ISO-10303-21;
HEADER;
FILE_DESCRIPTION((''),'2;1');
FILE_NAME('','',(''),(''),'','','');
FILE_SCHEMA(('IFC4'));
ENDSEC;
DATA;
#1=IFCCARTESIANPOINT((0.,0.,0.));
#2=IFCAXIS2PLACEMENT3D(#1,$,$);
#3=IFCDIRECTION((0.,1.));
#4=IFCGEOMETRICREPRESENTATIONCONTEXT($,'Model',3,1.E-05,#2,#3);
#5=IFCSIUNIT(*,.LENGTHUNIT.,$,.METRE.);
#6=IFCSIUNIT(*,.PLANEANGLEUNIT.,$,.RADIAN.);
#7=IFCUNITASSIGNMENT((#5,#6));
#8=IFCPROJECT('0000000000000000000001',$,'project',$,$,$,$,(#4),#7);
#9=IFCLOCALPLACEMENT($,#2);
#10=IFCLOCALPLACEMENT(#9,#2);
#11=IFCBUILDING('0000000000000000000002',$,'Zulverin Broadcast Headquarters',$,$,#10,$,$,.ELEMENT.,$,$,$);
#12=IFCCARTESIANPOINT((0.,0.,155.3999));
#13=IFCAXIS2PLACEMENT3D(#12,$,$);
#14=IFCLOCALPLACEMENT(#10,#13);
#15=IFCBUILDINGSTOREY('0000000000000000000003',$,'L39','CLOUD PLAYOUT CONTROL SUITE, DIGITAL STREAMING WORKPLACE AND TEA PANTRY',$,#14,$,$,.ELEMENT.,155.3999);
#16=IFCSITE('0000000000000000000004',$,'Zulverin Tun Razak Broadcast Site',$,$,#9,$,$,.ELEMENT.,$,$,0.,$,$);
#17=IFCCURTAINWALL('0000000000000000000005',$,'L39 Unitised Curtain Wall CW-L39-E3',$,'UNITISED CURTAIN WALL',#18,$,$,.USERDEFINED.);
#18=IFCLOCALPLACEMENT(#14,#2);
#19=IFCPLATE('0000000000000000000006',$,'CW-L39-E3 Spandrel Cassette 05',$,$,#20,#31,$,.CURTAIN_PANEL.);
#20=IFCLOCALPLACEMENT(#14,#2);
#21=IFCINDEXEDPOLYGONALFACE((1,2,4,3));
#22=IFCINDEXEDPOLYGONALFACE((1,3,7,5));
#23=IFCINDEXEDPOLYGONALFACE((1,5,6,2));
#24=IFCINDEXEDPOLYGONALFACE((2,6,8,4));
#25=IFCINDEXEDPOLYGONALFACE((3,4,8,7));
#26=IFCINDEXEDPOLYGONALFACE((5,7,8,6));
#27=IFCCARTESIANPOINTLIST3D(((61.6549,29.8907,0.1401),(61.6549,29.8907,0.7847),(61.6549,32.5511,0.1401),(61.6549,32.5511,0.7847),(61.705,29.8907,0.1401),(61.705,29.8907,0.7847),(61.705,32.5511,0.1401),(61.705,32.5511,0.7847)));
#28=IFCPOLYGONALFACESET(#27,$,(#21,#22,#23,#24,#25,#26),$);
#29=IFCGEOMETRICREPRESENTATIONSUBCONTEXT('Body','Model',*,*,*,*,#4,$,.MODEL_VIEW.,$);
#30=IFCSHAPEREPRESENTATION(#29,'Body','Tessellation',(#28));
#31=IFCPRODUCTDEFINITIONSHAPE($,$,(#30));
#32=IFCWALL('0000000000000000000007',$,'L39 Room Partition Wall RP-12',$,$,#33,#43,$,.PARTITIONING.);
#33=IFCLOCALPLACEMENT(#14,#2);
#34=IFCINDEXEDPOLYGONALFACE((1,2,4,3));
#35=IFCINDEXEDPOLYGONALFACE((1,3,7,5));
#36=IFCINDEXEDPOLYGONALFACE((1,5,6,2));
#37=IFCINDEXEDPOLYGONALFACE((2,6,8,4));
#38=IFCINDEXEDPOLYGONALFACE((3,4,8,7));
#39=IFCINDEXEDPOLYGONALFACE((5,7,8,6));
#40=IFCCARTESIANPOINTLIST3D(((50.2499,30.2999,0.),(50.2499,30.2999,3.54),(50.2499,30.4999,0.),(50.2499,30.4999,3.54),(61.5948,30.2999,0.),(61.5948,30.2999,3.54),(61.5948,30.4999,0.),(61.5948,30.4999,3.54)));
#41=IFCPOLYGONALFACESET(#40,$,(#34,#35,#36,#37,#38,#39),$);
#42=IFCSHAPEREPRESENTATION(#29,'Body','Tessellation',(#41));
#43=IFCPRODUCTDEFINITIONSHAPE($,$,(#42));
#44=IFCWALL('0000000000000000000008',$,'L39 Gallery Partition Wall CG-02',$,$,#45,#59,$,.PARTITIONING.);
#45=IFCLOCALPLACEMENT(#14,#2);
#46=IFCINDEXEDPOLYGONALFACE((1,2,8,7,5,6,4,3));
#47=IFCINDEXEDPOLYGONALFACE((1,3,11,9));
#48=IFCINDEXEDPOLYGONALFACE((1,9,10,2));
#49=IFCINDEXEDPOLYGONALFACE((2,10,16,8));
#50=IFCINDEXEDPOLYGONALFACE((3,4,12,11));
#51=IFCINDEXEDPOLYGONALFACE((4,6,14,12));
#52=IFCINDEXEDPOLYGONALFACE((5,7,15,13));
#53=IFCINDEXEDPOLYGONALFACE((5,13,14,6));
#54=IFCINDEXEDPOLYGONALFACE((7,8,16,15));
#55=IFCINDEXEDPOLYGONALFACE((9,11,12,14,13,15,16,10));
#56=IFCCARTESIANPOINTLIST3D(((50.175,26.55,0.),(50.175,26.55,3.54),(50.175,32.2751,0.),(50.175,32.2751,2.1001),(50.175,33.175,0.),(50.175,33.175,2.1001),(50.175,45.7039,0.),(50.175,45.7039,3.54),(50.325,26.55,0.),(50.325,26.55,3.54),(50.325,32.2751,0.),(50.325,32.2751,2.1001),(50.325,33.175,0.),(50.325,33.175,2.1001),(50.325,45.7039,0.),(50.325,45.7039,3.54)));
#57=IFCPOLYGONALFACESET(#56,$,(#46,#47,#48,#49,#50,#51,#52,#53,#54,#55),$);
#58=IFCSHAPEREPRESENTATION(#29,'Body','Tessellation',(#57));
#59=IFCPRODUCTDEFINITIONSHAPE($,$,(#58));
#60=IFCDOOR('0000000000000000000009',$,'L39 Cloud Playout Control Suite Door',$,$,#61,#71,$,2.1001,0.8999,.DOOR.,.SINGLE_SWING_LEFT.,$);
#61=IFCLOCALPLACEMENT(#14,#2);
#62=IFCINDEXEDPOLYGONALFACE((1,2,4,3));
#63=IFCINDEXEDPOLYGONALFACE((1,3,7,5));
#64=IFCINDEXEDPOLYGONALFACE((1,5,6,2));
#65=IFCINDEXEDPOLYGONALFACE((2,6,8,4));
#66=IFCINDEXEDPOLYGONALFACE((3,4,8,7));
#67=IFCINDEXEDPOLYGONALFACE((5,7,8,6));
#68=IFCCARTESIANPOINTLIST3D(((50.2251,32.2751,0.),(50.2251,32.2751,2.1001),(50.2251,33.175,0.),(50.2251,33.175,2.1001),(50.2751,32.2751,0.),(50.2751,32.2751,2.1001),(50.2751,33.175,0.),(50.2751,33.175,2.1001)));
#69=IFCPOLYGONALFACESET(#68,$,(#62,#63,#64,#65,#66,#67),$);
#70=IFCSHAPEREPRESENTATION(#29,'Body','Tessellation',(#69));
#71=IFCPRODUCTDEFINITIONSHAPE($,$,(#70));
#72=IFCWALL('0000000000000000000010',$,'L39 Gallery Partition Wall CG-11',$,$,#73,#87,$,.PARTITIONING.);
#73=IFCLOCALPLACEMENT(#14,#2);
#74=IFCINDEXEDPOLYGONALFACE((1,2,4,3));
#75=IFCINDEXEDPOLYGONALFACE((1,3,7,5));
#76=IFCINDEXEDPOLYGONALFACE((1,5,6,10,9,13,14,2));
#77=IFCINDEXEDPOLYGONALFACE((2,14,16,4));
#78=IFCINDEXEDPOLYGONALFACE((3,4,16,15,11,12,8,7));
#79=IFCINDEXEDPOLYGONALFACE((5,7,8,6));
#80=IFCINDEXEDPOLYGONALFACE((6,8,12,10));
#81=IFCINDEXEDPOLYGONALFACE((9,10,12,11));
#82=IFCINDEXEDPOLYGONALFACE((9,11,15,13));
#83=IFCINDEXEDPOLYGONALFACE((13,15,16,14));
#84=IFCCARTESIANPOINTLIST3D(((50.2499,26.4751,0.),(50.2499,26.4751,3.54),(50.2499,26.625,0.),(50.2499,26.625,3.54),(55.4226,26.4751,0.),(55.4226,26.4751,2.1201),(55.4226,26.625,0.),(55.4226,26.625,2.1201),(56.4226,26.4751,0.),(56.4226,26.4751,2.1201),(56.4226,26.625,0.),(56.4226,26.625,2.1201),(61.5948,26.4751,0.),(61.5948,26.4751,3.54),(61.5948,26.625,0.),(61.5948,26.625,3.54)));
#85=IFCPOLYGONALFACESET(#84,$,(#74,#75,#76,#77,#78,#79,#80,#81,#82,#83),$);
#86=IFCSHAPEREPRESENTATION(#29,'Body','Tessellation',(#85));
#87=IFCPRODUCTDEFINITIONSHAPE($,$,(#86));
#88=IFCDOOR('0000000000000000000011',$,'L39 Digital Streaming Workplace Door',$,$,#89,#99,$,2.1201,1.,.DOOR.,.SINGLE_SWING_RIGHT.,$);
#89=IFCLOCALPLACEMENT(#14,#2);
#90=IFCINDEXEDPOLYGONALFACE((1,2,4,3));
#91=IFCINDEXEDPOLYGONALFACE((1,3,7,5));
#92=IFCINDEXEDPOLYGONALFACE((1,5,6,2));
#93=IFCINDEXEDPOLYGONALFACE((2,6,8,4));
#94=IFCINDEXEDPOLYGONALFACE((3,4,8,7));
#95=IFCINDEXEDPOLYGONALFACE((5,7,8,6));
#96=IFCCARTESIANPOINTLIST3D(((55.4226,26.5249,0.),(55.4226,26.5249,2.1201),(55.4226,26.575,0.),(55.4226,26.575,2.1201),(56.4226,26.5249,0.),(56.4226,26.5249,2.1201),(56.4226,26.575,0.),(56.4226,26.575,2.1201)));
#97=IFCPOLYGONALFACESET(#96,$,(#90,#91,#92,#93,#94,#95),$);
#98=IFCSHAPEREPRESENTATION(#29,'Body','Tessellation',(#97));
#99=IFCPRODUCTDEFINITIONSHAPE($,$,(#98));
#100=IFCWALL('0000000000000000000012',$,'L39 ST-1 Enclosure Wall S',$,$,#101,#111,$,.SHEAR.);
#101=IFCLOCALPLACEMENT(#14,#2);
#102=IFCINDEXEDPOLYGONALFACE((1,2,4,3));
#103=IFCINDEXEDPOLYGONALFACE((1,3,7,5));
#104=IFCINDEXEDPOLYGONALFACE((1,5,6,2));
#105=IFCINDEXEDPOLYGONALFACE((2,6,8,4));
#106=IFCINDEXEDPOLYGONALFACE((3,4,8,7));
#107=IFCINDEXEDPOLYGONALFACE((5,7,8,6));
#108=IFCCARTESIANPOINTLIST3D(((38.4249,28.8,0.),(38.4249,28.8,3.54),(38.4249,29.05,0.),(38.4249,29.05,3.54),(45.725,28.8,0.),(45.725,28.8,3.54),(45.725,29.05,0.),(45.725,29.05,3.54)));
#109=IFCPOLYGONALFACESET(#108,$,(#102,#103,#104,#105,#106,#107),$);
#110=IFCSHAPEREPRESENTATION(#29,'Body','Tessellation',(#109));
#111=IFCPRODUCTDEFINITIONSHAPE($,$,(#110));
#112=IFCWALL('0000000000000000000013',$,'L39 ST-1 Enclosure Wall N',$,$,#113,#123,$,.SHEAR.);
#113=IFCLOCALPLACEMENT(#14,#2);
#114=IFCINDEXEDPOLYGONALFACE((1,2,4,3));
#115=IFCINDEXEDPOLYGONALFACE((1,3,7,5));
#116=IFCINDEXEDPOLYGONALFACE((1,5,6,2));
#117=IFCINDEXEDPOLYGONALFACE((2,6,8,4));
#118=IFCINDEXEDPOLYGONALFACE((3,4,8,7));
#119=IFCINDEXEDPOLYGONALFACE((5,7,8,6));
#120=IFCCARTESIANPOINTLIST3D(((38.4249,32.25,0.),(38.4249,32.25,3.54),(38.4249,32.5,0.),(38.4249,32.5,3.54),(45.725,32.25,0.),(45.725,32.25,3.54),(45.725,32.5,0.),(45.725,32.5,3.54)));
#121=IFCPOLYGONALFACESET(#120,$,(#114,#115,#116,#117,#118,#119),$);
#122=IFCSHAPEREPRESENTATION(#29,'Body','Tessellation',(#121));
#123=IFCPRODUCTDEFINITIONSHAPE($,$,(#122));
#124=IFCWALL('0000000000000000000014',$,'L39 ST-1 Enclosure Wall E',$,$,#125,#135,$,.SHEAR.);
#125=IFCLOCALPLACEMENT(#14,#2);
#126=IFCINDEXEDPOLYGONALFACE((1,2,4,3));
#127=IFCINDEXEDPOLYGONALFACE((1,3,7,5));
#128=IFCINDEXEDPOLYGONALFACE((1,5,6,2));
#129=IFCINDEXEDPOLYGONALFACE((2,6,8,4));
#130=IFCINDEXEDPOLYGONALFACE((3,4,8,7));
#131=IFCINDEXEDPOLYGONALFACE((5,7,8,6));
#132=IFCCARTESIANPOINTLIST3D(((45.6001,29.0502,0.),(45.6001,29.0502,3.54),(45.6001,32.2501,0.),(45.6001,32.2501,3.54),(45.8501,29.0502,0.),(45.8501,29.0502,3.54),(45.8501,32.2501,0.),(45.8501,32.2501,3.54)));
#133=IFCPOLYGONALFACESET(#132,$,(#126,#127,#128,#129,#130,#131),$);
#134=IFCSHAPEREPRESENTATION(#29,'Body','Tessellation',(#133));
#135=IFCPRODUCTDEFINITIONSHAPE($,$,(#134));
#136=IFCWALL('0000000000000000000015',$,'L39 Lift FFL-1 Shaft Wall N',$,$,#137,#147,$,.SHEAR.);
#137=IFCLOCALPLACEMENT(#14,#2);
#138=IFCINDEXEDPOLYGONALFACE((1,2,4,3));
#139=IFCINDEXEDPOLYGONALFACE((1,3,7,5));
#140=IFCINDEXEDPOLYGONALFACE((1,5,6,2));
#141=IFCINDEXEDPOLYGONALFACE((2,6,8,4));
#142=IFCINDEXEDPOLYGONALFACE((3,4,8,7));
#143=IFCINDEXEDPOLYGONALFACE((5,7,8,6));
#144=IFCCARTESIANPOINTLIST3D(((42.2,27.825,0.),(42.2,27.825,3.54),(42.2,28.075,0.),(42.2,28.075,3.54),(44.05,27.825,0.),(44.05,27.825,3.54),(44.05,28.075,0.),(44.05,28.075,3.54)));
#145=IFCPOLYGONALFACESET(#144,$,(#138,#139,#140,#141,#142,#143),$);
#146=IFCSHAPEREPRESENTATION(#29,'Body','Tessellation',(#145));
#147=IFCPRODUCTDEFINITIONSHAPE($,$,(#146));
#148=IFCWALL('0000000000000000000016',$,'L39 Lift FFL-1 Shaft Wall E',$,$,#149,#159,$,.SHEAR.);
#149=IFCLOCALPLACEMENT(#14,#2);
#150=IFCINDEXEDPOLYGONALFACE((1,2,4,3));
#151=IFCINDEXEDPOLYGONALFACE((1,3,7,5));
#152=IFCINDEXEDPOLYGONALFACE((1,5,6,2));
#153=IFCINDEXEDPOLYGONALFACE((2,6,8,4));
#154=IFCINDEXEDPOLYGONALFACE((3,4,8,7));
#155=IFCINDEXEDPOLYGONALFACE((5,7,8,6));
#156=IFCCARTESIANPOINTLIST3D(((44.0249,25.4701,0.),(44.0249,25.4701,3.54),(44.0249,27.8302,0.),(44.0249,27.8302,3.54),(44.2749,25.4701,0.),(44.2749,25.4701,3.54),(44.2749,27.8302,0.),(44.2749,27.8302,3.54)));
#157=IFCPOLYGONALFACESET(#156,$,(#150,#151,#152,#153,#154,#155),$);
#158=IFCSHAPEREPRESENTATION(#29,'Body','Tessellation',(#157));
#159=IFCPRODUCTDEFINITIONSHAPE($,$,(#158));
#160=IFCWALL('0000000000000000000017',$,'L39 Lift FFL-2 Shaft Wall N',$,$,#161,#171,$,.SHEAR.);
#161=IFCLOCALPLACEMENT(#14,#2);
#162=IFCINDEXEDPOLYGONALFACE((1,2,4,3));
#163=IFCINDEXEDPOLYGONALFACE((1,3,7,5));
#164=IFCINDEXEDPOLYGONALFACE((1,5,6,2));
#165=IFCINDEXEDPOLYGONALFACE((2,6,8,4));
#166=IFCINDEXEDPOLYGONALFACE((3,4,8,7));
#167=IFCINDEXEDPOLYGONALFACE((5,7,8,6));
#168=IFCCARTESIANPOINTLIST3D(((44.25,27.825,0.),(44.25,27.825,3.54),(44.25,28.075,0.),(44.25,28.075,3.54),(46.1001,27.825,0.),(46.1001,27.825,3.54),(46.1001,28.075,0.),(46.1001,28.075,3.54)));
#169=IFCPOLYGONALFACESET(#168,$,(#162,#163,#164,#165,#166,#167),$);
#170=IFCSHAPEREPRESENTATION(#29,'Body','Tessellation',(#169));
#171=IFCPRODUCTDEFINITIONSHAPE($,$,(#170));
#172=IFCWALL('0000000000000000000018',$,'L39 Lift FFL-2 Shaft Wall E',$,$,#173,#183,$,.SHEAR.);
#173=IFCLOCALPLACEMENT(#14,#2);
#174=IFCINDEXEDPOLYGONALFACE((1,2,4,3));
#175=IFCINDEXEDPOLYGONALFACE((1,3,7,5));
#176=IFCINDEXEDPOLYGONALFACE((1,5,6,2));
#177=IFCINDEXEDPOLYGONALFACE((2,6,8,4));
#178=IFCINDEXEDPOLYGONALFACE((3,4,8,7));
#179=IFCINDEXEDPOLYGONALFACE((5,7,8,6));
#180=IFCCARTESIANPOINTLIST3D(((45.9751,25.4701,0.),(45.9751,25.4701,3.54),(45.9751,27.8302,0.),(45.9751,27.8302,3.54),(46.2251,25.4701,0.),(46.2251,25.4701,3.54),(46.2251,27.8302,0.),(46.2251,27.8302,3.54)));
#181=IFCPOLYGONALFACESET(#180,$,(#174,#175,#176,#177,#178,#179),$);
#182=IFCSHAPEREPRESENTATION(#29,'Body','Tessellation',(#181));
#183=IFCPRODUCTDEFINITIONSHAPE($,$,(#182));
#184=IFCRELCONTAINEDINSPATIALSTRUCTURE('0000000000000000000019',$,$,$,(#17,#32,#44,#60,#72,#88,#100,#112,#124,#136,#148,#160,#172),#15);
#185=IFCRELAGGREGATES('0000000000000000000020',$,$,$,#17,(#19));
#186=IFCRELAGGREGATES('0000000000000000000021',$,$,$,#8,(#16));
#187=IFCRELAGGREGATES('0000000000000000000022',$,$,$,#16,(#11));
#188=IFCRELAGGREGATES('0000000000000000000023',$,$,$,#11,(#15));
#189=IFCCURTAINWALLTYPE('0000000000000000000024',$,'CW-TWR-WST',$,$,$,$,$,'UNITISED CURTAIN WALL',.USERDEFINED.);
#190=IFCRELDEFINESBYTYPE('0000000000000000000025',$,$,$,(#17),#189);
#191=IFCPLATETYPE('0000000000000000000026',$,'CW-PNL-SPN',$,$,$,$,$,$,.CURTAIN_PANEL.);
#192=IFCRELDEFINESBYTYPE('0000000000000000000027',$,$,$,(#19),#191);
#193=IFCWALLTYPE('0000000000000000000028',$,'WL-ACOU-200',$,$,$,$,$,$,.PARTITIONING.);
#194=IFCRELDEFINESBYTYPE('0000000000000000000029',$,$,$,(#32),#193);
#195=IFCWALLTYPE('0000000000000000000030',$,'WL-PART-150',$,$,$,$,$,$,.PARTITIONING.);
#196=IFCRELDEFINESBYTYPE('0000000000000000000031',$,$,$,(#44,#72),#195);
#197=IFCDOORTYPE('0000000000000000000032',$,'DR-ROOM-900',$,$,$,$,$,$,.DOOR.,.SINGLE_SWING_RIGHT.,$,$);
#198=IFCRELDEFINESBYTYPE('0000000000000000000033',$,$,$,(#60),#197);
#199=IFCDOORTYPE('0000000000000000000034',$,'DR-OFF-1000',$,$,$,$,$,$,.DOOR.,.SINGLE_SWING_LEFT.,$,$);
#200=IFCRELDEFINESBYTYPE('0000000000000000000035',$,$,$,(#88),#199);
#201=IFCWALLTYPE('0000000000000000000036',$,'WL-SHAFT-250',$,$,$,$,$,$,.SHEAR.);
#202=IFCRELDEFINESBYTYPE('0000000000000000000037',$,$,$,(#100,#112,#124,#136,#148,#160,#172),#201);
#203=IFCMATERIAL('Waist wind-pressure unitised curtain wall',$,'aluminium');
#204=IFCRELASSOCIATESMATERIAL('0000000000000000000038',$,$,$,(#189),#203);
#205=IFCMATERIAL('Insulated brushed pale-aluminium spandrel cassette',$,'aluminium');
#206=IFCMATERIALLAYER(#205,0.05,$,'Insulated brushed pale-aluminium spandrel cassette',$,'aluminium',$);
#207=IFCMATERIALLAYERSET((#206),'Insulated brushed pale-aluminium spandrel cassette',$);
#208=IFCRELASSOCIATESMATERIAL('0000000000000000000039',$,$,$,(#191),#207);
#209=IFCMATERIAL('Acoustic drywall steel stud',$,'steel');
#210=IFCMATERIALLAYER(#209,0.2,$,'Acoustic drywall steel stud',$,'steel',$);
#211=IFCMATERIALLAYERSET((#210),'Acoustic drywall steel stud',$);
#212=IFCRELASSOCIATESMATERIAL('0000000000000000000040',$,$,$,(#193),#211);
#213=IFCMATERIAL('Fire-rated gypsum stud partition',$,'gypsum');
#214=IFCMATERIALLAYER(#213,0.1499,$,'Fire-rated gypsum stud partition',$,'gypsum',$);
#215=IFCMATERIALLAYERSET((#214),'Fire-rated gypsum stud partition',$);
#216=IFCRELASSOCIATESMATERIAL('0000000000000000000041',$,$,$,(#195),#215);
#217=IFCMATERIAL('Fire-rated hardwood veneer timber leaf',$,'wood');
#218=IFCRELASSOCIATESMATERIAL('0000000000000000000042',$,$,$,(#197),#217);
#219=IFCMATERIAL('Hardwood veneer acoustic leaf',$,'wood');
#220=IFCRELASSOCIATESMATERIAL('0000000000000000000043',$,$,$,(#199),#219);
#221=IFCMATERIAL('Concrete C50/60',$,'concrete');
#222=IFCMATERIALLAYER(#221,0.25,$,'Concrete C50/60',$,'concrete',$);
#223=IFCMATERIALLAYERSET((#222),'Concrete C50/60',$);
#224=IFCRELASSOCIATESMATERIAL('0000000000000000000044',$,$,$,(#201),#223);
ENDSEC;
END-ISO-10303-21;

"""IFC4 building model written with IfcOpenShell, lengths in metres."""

from ifc_helpers import new_model, si_unit, direction, frame, frame_2d, origin, origin_2d, place, context, subcontext, project, spatial, rectangle, extrude, material, layer, layer_set, type_object, element, fill, aggregate, save


model = new_model("IFC4")

# Units and contexts
model_context = context("Model", 3, precision=1e-05, world=origin(), true_north=direction((0.0, 1.0)))
body_context = subcontext(model_context, "Body", "Model", "MODEL_VIEW")
ifc_project = project(units=[si_unit("LENGTHUNIT", "METRE"), si_unit("PLANEANGLEUNIT", "RADIAN")], contexts=[model_context])

# Site, building, storey
site_placement = place(None, origin())
site = spatial("IfcSite", under=ifc_project, at=site_placement, Name="Zulverin Tun Razak Broadcast Site", CompositionType="ELEMENT", RefElevation=0.0)
building_placement = place(site_placement, origin())
building = spatial("IfcBuilding", under=site, at=building_placement, Name="Zulverin Broadcast Headquarters", CompositionType="ELEMENT")
storey_placement = place(building_placement, frame((0.0, 0.0, 155.3999)))
storey = spatial("IfcBuildingStorey", under=building, at=storey_placement, Name="L39", Description="CLOUD PLAYOUT CONTROL SUITE, DIGITAL STREAMING WORKPLACE AND TEA PANTRY", CompositionType="ELEMENT", Elevation=155.3999)

# Shared definitions
ifc_material_1 = material(Name="Concrete C50/60", Category="concrete")

# Curtain wall, plate
ifc_material_2 = material(Name="Waist wind-pressure unitised curtain wall", Category="aluminium")
curtain_wall_type = type_object("IfcCurtainWallType", Name="CW-TWR-WST", ElementType="UNITISED CURTAIN WALL", PredefinedType="USERDEFINED", material=ifc_material_2)
curtain_wall_placement = place(storey_placement, origin())
curtain_wall = element("IfcCurtainWall", 1, at=curtain_wall_placement, inside=storey, type_object=curtain_wall_type, Name="L39 Unitised Curtain Wall CW-L39-E3", ObjectType="UNITISED CURTAIN WALL", PredefinedType="USERDEFINED")
ifc_material_3 = material(Name="Insulated brushed pale-aluminium spandrel cassette", Category="aluminium")
ifc_layer_1 = layer(ifc_material_3, 0.05, Name="Insulated brushed pale-aluminium spandrel cassette", Category="aluminium")
ifc_layer_set_1 = layer_set([ifc_layer_1], Name="Insulated brushed pale-aluminium spandrel cassette")
plate_type_1 = type_object("IfcPlateType", Name="CW-PNL-SPN", PredefinedType="CURTAIN_PANEL", material=ifc_layer_set_1)
plate_1_placement = place(storey_placement, frame((61.6799, 31.2209, 0.1401), z_axis=(0.0, 0.0, 1.0), x_axis=(0.0, 1.0, 0.0)))
plate_1 = element("IfcPlate", 2, at=plate_1_placement, type_object=plate_type_1, Name="CW-L39-E3 Spandrel Cassette 05", PredefinedType="CURTAIN_PANEL", context=body_context, shape_type="SweptSolid", body=[
    extrude(rectangle(XDim=2.6604, YDim=0.05, at=origin_2d()), origin(), (0.0, 0.0, 1.0), 0.6445),
])
aggregate(curtain_wall, [plate_1])

# Wall
ifc_material_4 = material(Name="Acoustic drywall steel stud", Category="steel")
ifc_layer_2 = layer(ifc_material_4, 0.2, Name="Acoustic drywall steel stud", Category="steel")
ifc_layer_set_2 = layer_set([ifc_layer_2], Name="Acoustic drywall steel stud")
wall_type_1 = type_object("IfcWallType", Name="WL-ACOU-200", PredefinedType="PARTITIONING", material=ifc_layer_set_2)
wall_1_placement = place(storey_placement, frame((50.25, 30.3999, 0.0), z_axis=(0.0, 0.0, 1.0), x_axis=(1.0, 0.0, 0.0)))
element("IfcWall", 3, at=wall_1_placement, inside=storey, type_object=wall_type_1, Name="L39 Room Partition Wall RP-12", PredefinedType="PARTITIONING", context=body_context, shape_type="SweptSolid", body=[
    extrude(rectangle(XDim=11.345, YDim=0.2, at=frame_2d((5.6724, 0.0))), origin(), (0.0, 0.0, 1.0), 3.54),
])

# Walls, openings, doors
ifc_material_5 = material(Name="Fire-rated gypsum stud partition", Category="gypsum")
ifc_layer_3 = layer(ifc_material_5, 0.1499, Name="Fire-rated gypsum stud partition", Category="gypsum")
ifc_layer_set_3 = layer_set([ifc_layer_3], Name="Fire-rated gypsum stud partition")
wall_type_2 = type_object("IfcWallType", Name="WL-PART-150", PredefinedType="PARTITIONING", material=ifc_layer_set_3)
wall_2_placement = place(storey_placement, frame((50.25, 26.55, 0.0), z_axis=(0.0, 0.0, 1.0), x_axis=(0.0, 1.0, 0.0)))
wall_2 = element("IfcWall", 4, at=wall_2_placement, inside=storey, type_object=wall_type_2, Name="L39 Gallery Partition Wall CG-02", PredefinedType="PARTITIONING", context=body_context, shape_type="SweptSolid", body=[
    extrude(rectangle(XDim=19.1538, YDim=0.1499, at=frame_2d((9.5769, 0.0))), origin(), (0.0, 0.0, 1.0), 3.54),
])
opening_1_placement = place(wall_2_placement, frame((5.7251, 0.0, 0.0)))
opening_1 = element("IfcOpeningElement", 5, at=opening_1_placement, cuts=wall_2, PredefinedType="OPENING", context=body_context, shape_type="SweptSolid", body=[
    extrude(rectangle(XDim=0.8999, YDim=2.1001, at=frame_2d((0.45, 1.05))), frame((0.0, 0.085, 0.0), z_axis=(0.0, -1.0, 0.0), x_axis=(1.0, 0.0, 0.0)), (0.0, 0.0, 1.0), 0.1699),
])
ifc_material_6 = material(Name="Fire-rated hardwood veneer timber leaf", Category="wood")
door_type_1 = type_object("IfcDoorType", Name="DR-ROOM-900", OperationType="SINGLE_SWING_RIGHT", PredefinedType="DOOR", material=ifc_material_6)
door_1_placement = place(opening_1_placement, origin())
door_1 = element("IfcDoor", 6, at=door_1_placement, inside=storey, type_object=door_type_1, Name="L39 Cloud Playout Control Suite Door", OperationType="SINGLE_SWING_LEFT", OverallHeight=2.1001, OverallWidth=0.8999, PredefinedType="DOOR", context=body_context, shape_type="SweptSolid", body=[
    extrude(rectangle(XDim=0.8999, YDim=2.1001, at=frame_2d((0.45, 1.05))), frame((0.0, 0.0249, 0.0), z_axis=(0.0, -1.0, 0.0), x_axis=(1.0, 0.0, 0.0)), (0.0, 0.0, 1.0), 0.05),
])
fill(opening_1, door_1)
wall_3_placement = place(storey_placement, frame((50.25, 26.55, 0.0), z_axis=(0.0, 0.0, 1.0), x_axis=(1.0, 0.0, 0.0)))
wall_3 = element("IfcWall", 7, at=wall_3_placement, inside=storey, type_object=wall_type_2, Name="L39 Gallery Partition Wall CG-11", PredefinedType="PARTITIONING", context=body_context, shape_type="SweptSolid", body=[
    extrude(rectangle(XDim=11.345, YDim=0.1499, at=frame_2d((5.6724, 0.0))), origin(), (0.0, 0.0, 1.0), 3.54),
])
opening_2_placement = place(wall_3_placement, frame((5.1726, 0.0, 0.0)))
opening_2 = element("IfcOpeningElement", 8, at=opening_2_placement, cuts=wall_3, PredefinedType="OPENING", context=body_context, shape_type="SweptSolid", body=[
    extrude(rectangle(XDim=1.0, YDim=2.1201, at=frame_2d((0.5, 1.0601))), frame((0.0, 0.085, 0.0), z_axis=(0.0, -1.0, 0.0), x_axis=(1.0, 0.0, 0.0)), (0.0, 0.0, 1.0), 0.1699),
])
ifc_material_7 = material(Name="Hardwood veneer acoustic leaf", Category="wood")
door_type_2 = type_object("IfcDoorType", Name="DR-OFF-1000", OperationType="SINGLE_SWING_LEFT", PredefinedType="DOOR", material=ifc_material_7)
door_2_placement = place(opening_2_placement, origin())
door_2 = element("IfcDoor", 9, at=door_2_placement, inside=storey, type_object=door_type_2, Name="L39 Digital Streaming Workplace Door", OperationType="SINGLE_SWING_RIGHT", OverallHeight=2.1201, OverallWidth=1.0, PredefinedType="DOOR", context=body_context, shape_type="SweptSolid", body=[
    extrude(rectangle(XDim=1.0, YDim=2.1201, at=frame_2d((0.5, 1.0601))), frame((0.0, 0.0249, 0.0), z_axis=(0.0, -1.0, 0.0), x_axis=(1.0, 0.0, 0.0)), (0.0, 0.0, 1.0), 0.05),
])
fill(opening_2, door_2)

# Walls
ifc_layer_4 = layer(ifc_material_1, 0.25, Name="Concrete C50/60", Category="concrete")
ifc_layer_set_4 = layer_set([ifc_layer_4], Name="Concrete C50/60")
wall_type_3 = type_object("IfcWallType", Name="WL-SHAFT-250", PredefinedType="SHEAR", material=ifc_layer_set_4)
for number, where, z_axis, x_axis, name in (
    (10, (38.425, 28.925, 0.0), (0.0, 0.0, 1.0), (1.0, 0.0, 0.0), "L39 ST-1 Enclosure Wall S"),
    (11, (38.425, 32.375, 0.0), (0.0, 0.0, 1.0), (1.0, 0.0, 0.0), "L39 ST-1 Enclosure Wall N"),
):
    element("IfcWall", number, at=place(storey_placement, frame(where, z_axis=z_axis, x_axis=x_axis)), inside=storey, type_object=wall_type_3, Name=name, PredefinedType="SHEAR", context=body_context, shape_type="SweptSolid", body=[
        extrude(rectangle(XDim=7.3, YDim=0.25, at=frame_2d((3.6499, 0.0))), origin(), (0.0, 0.0, 1.0), 3.54),
    ])

# Walls
wall_4_placement = place(storey_placement, frame((45.7251, 29.05, 0.0), z_axis=(0.0, 0.0, 1.0), x_axis=(0.0, 1.0, 0.0)))
element("IfcWall", 12, at=wall_4_placement, inside=storey, type_object=wall_type_3, Name="L39 ST-1 Enclosure Wall E", PredefinedType="SHEAR", context=body_context, shape_type="SweptSolid", body=[
    extrude(rectangle(XDim=3.2, YDim=0.25, at=frame_2d((1.6001, 0.0))), origin(), (0.0, 0.0, 1.0), 3.54),
])
wall_5_placement = place(storey_placement, frame((42.2, 27.95, 0.0), z_axis=(0.0, 0.0, 1.0), x_axis=(1.0, 0.0, 0.0)))
element("IfcWall", 13, at=wall_5_placement, inside=storey, type_object=wall_type_3, Name="L39 Lift FFL-1 Shaft Wall N", PredefinedType="SHEAR", context=body_context, shape_type="SweptSolid", body=[
    extrude(rectangle(XDim=1.8501, YDim=0.25, at=frame_2d((0.925, 0.0))), origin(), (0.0, 0.0, 1.0), 3.54),
])
wall_6_placement = place(storey_placement, frame((44.1499, 25.47, 0.0), z_axis=(0.0, 0.0, 1.0), x_axis=(0.0, 1.0, 0.0)))
element("IfcWall", 14, at=wall_6_placement, inside=storey, type_object=wall_type_3, Name="L39 Lift FFL-1 Shaft Wall E", PredefinedType="SHEAR", context=body_context, shape_type="SweptSolid", body=[
    extrude(rectangle(XDim=2.3601, YDim=0.25, at=frame_2d((1.1802, 0.0))), origin(), (0.0, 0.0, 1.0), 3.54),
])
wall_7_placement = place(storey_placement, frame((44.25, 27.95, 0.0), z_axis=(0.0, 0.0, 1.0), x_axis=(1.0, 0.0, 0.0)))
element("IfcWall", 15, at=wall_7_placement, inside=storey, type_object=wall_type_3, Name="L39 Lift FFL-2 Shaft Wall N", PredefinedType="SHEAR", context=body_context, shape_type="SweptSolid", body=[
    extrude(rectangle(XDim=1.8501, YDim=0.25, at=frame_2d((0.925, 0.0))), origin(), (0.0, 0.0, 1.0), 3.54),
])
wall_8_placement = place(storey_placement, frame((46.1001, 25.47, 0.0), z_axis=(0.0, 0.0, 1.0), x_axis=(0.0, 1.0, 0.0)))
element("IfcWall", 16, at=wall_8_placement, inside=storey, type_object=wall_type_3, Name="L39 Lift FFL-2 Shaft Wall E", PredefinedType="SHEAR", context=body_context, shape_type="SweptSolid", body=[
    extrude(rectangle(XDim=2.3601, YDim=0.25, at=frame_2d((1.1802, 0.0))), origin(), (0.0, 0.0, 1.0), 3.54),
])

save(model, "model.ifc")
